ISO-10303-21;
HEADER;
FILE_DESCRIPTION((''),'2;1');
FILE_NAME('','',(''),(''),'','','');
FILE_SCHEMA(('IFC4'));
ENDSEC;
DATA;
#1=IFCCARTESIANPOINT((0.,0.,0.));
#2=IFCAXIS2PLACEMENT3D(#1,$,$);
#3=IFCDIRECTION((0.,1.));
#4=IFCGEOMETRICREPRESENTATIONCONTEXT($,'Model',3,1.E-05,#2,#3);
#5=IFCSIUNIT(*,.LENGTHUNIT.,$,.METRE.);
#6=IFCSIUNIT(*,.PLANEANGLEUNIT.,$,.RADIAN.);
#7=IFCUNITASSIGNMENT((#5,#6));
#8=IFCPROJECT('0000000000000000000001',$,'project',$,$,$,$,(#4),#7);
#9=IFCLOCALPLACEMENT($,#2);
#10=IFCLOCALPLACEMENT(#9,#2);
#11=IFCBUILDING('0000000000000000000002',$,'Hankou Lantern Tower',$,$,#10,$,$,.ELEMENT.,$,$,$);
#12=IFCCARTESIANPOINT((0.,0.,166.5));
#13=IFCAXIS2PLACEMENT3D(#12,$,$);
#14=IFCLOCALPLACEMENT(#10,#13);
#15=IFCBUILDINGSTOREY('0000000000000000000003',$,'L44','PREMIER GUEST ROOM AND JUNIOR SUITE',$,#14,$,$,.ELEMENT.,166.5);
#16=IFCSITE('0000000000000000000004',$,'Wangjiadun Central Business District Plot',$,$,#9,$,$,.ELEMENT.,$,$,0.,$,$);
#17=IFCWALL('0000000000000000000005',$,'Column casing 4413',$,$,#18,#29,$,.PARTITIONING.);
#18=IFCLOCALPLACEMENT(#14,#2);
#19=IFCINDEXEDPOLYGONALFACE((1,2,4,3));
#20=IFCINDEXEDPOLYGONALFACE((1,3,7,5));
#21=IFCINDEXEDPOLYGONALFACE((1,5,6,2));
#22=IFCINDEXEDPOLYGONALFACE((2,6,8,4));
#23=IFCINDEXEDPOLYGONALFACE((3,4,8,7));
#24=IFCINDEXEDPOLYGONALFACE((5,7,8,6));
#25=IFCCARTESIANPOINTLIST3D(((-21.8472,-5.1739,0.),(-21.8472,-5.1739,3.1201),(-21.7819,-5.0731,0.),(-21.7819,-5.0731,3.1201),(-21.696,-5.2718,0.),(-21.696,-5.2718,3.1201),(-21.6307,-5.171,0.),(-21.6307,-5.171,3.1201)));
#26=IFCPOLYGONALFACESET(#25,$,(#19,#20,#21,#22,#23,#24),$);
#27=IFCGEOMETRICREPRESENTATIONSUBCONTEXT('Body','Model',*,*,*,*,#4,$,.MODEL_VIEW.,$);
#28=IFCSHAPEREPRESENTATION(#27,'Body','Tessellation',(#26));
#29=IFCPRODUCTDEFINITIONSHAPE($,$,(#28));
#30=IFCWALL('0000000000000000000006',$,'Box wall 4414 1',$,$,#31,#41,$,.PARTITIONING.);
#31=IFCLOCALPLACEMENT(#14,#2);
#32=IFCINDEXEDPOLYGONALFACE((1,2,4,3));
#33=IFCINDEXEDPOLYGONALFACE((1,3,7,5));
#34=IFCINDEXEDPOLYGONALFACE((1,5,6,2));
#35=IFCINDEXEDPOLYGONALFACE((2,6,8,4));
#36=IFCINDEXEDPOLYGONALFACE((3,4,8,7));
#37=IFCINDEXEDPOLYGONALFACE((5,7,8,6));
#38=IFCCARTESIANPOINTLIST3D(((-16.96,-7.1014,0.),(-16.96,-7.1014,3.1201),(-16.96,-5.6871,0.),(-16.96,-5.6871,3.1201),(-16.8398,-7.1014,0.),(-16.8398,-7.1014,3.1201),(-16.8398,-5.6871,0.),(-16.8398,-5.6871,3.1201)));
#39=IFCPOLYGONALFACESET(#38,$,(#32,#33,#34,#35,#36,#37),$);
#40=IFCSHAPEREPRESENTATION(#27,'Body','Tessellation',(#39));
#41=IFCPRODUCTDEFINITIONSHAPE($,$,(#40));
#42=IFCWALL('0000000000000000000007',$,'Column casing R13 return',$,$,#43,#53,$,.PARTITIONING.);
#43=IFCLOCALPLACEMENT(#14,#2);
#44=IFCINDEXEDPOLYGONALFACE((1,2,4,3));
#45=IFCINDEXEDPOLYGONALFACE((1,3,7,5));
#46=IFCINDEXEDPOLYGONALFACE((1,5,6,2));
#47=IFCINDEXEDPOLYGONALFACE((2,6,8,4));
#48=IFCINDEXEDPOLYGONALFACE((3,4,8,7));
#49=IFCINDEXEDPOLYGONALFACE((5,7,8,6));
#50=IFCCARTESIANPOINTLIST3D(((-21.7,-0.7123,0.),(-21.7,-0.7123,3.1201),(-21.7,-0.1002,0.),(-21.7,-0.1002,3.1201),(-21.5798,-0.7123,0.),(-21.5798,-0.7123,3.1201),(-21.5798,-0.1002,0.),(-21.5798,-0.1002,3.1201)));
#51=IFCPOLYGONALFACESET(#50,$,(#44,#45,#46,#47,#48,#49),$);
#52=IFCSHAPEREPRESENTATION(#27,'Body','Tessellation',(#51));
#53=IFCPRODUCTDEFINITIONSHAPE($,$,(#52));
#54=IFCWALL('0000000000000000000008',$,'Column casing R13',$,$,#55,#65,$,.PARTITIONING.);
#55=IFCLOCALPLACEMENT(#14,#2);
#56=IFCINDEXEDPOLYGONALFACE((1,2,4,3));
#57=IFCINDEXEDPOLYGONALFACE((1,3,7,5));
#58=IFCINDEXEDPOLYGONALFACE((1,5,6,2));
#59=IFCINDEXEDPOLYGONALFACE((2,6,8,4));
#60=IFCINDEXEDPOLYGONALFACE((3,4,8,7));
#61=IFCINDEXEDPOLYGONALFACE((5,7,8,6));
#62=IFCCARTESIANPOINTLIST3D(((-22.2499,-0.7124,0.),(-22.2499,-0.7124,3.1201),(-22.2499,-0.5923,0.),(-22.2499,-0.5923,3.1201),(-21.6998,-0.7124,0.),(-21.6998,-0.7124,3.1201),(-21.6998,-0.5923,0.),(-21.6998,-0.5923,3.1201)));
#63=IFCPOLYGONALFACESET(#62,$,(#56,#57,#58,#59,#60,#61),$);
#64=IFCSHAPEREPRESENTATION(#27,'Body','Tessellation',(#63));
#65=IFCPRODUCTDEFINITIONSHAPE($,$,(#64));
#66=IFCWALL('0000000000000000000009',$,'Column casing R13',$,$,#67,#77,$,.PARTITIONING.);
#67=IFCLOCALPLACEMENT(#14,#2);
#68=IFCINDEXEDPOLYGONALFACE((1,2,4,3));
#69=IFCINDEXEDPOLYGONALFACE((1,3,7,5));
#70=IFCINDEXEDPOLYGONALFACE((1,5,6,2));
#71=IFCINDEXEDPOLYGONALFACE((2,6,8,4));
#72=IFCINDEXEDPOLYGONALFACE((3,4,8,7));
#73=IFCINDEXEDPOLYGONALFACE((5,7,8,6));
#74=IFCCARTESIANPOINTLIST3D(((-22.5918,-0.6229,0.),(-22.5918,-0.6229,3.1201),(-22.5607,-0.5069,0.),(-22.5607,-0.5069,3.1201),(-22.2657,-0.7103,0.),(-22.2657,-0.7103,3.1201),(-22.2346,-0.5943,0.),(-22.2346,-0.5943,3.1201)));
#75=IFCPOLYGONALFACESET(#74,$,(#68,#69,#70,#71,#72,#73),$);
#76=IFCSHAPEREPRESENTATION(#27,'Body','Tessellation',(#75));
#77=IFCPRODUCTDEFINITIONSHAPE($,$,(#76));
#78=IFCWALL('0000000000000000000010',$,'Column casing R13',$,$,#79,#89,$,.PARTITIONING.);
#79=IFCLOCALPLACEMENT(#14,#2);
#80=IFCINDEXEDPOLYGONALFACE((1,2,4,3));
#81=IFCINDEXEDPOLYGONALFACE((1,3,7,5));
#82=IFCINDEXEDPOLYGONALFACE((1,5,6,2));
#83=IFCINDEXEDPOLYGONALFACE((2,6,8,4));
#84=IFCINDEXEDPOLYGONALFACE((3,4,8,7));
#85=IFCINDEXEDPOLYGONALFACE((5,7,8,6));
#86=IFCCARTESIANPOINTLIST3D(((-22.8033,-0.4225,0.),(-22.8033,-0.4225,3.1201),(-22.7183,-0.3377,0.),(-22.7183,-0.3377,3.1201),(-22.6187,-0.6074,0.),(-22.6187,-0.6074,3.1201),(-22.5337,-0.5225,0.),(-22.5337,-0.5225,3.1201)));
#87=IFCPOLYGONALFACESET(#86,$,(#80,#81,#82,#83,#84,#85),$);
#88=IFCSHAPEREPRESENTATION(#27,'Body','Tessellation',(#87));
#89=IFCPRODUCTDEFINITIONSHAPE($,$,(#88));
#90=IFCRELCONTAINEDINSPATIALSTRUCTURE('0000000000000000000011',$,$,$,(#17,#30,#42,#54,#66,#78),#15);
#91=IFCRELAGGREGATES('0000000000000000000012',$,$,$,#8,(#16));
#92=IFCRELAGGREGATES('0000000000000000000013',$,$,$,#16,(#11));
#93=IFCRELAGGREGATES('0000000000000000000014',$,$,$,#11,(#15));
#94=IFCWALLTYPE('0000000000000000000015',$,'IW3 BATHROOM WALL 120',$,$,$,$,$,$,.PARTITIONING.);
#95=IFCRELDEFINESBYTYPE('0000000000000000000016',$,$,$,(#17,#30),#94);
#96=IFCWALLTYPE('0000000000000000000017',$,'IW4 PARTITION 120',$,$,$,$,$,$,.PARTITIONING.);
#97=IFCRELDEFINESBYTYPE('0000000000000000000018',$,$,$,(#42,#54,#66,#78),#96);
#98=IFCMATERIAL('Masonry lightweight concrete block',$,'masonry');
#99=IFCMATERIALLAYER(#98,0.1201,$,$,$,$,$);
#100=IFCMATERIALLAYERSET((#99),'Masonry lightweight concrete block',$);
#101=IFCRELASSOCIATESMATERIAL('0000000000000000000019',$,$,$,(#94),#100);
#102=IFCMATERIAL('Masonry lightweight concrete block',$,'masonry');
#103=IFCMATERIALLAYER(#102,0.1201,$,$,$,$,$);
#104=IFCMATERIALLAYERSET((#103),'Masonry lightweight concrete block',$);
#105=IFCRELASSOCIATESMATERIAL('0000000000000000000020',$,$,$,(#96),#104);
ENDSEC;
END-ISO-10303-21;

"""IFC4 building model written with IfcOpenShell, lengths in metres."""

from ifc_helpers import new_model, si_unit, direction, frame, frame_2d, origin, place, context, subcontext, project, spatial, rectangle, extrude, material, layer, layer_set, type_object, element, save


model = new_model("IFC4")

# Units and contexts
model_context = context("Model", 3, precision=1e-05, world=origin(), true_north=direction((0.0, 1.0)))
body_context = subcontext(model_context, "Body", "Model", "MODEL_VIEW")
ifc_project = project(units=[si_unit("LENGTHUNIT", "METRE"), si_unit("PLANEANGLEUNIT", "RADIAN")], contexts=[model_context])

# Site, building, storey
site_placement = place(None, origin())
site = spatial("IfcSite", under=ifc_project, at=site_placement, Name="Wangjiadun Central Business District Plot", CompositionType="ELEMENT", RefElevation=0.0)
building_placement = place(site_placement, origin())
building = spatial("IfcBuilding", under=site, at=building_placement, Name="Hankou Lantern Tower", CompositionType="ELEMENT")
storey_placement = place(building_placement, frame((0.0, 0.0, 166.5)))
storey = spatial("IfcBuildingStorey", under=building, at=storey_placement, Name="L44", Description="PREMIER GUEST ROOM AND JUNIOR SUITE", CompositionType="ELEMENT", Elevation=166.5)

# Walls
ifc_material_1 = material(Name="Masonry lightweight concrete block", Category="masonry")
ifc_layer_1 = layer(ifc_material_1, 0.1201)
ifc_layer_set_1 = layer_set([ifc_layer_1], Name="Masonry lightweight concrete block")
wall_type_1 = type_object("IfcWallType", Name="IW3 BATHROOM WALL 120", PredefinedType="PARTITIONING", material=ifc_layer_set_1)
wall_1_placement = place(storey_placement, frame((-21.6633, -5.2214, 0.0), z_axis=(0.0, 0.0, 1.0), x_axis=(-0.839279, 0.543701, 0.0)))
element("IfcWall", 1, at=wall_1_placement, inside=storey, type_object=wall_type_1, Name="Column casing 4413", PredefinedType="PARTITIONING", context=body_context, shape_type="SweptSolid", body=[
    extrude(rectangle(XDim=0.1802, YDim=0.1201, at=frame_2d((0.0901, 0.0))), origin(), (0.0, 0.0, 1.0), 3.1201),
])
wall_2_placement = place(storey_placement, frame((-16.8999, -5.6873, 0.0), z_axis=(0.0, 0.0, 1.0), x_axis=(0.0, -1.0, 0.0)))
element("IfcWall", 2, at=wall_2_placement, inside=storey, type_object=wall_type_1, Name="Box wall 4414 1", PredefinedType="PARTITIONING", context=body_context, shape_type="SweptSolid", body=[
    extrude(rectangle(XDim=1.4143, YDim=0.1201, at=frame_2d((0.707, 0.0))), origin(), (0.0, 0.0, 1.0), 3.1201),
])
ifc_material_2 = material(Name="Masonry lightweight concrete block", Category="masonry")
ifc_layer_2 = layer(ifc_material_2, 0.1201)
ifc_layer_set_2 = layer_set([ifc_layer_2], Name="Masonry lightweight concrete block")
wall_type_2 = type_object("IfcWallType", Name="IW4 PARTITION 120", PredefinedType="PARTITIONING", material=ifc_layer_set_2)
wall_3_placement = place(storey_placement, frame((-21.6399, -0.1001, 0.0), z_axis=(0.0, 0.0, 1.0), x_axis=(0.0, -1.0, 0.0)))
element("IfcWall", 3, at=wall_3_placement, inside=storey, type_object=wall_type_2, Name="Column casing R13 return", PredefinedType="PARTITIONING", context=body_context, shape_type="SweptSolid", body=[
    extrude(rectangle(XDim=0.6121, YDim=0.1201, at=frame_2d((0.3062, 0.0))), origin(), (0.0, 0.0, 1.0), 3.1201),
])
wall_4_placement = place(storey_placement, frame((-21.7, -0.6523, 0.0), z_axis=(0.0, 0.0, 1.0), x_axis=(-1.0, 0.0, 0.0)))
element("IfcWall", 4, at=wall_4_placement, inside=storey, type_object=wall_type_2, Name="Column casing R13", PredefinedType="PARTITIONING", context=body_context, shape_type="SweptSolid", body=[
    extrude(rectangle(XDim=0.55, YDim=0.1201, at=frame_2d((0.2749, 0.0))), origin(), (0.0, 0.0, 1.0), 3.1201),
])
wall_5_placement = place(storey_placement, frame((-22.25, -0.6523, 0.0), z_axis=(0.0, 0.0, 1.0), x_axis=(-0.965922, 0.258832, 0.0)))
element("IfcWall", 5, at=wall_5_placement, inside=storey, type_object=wall_type_2, Name="Column casing R13", PredefinedType="PARTITIONING", context=body_context, shape_type="SweptSolid", body=[
    extrude(rectangle(XDim=0.3376, YDim=0.1201, at=frame_2d((0.1689, 0.0))), origin(), (0.0, 0.0, 1.0), 3.1201),
])
wall_6_placement = place(storey_placement, frame((-22.5762, -0.5649, 0.0), z_axis=(0.0, 0.0, 1.0), x_axis=(-0.706639, 0.707574, 0.0)))
element("IfcWall", 6, at=wall_6_placement, inside=storey, type_object=wall_type_2, Name="Column casing R13", PredefinedType="PARTITIONING", context=body_context, shape_type="SweptSolid", body=[
    extrude(rectangle(XDim=0.2612, YDim=0.1201, at=frame_2d((0.1306, 0.0))), origin(), (0.0, 0.0, 1.0), 3.1201),
])

save(model, "model.ifc")
